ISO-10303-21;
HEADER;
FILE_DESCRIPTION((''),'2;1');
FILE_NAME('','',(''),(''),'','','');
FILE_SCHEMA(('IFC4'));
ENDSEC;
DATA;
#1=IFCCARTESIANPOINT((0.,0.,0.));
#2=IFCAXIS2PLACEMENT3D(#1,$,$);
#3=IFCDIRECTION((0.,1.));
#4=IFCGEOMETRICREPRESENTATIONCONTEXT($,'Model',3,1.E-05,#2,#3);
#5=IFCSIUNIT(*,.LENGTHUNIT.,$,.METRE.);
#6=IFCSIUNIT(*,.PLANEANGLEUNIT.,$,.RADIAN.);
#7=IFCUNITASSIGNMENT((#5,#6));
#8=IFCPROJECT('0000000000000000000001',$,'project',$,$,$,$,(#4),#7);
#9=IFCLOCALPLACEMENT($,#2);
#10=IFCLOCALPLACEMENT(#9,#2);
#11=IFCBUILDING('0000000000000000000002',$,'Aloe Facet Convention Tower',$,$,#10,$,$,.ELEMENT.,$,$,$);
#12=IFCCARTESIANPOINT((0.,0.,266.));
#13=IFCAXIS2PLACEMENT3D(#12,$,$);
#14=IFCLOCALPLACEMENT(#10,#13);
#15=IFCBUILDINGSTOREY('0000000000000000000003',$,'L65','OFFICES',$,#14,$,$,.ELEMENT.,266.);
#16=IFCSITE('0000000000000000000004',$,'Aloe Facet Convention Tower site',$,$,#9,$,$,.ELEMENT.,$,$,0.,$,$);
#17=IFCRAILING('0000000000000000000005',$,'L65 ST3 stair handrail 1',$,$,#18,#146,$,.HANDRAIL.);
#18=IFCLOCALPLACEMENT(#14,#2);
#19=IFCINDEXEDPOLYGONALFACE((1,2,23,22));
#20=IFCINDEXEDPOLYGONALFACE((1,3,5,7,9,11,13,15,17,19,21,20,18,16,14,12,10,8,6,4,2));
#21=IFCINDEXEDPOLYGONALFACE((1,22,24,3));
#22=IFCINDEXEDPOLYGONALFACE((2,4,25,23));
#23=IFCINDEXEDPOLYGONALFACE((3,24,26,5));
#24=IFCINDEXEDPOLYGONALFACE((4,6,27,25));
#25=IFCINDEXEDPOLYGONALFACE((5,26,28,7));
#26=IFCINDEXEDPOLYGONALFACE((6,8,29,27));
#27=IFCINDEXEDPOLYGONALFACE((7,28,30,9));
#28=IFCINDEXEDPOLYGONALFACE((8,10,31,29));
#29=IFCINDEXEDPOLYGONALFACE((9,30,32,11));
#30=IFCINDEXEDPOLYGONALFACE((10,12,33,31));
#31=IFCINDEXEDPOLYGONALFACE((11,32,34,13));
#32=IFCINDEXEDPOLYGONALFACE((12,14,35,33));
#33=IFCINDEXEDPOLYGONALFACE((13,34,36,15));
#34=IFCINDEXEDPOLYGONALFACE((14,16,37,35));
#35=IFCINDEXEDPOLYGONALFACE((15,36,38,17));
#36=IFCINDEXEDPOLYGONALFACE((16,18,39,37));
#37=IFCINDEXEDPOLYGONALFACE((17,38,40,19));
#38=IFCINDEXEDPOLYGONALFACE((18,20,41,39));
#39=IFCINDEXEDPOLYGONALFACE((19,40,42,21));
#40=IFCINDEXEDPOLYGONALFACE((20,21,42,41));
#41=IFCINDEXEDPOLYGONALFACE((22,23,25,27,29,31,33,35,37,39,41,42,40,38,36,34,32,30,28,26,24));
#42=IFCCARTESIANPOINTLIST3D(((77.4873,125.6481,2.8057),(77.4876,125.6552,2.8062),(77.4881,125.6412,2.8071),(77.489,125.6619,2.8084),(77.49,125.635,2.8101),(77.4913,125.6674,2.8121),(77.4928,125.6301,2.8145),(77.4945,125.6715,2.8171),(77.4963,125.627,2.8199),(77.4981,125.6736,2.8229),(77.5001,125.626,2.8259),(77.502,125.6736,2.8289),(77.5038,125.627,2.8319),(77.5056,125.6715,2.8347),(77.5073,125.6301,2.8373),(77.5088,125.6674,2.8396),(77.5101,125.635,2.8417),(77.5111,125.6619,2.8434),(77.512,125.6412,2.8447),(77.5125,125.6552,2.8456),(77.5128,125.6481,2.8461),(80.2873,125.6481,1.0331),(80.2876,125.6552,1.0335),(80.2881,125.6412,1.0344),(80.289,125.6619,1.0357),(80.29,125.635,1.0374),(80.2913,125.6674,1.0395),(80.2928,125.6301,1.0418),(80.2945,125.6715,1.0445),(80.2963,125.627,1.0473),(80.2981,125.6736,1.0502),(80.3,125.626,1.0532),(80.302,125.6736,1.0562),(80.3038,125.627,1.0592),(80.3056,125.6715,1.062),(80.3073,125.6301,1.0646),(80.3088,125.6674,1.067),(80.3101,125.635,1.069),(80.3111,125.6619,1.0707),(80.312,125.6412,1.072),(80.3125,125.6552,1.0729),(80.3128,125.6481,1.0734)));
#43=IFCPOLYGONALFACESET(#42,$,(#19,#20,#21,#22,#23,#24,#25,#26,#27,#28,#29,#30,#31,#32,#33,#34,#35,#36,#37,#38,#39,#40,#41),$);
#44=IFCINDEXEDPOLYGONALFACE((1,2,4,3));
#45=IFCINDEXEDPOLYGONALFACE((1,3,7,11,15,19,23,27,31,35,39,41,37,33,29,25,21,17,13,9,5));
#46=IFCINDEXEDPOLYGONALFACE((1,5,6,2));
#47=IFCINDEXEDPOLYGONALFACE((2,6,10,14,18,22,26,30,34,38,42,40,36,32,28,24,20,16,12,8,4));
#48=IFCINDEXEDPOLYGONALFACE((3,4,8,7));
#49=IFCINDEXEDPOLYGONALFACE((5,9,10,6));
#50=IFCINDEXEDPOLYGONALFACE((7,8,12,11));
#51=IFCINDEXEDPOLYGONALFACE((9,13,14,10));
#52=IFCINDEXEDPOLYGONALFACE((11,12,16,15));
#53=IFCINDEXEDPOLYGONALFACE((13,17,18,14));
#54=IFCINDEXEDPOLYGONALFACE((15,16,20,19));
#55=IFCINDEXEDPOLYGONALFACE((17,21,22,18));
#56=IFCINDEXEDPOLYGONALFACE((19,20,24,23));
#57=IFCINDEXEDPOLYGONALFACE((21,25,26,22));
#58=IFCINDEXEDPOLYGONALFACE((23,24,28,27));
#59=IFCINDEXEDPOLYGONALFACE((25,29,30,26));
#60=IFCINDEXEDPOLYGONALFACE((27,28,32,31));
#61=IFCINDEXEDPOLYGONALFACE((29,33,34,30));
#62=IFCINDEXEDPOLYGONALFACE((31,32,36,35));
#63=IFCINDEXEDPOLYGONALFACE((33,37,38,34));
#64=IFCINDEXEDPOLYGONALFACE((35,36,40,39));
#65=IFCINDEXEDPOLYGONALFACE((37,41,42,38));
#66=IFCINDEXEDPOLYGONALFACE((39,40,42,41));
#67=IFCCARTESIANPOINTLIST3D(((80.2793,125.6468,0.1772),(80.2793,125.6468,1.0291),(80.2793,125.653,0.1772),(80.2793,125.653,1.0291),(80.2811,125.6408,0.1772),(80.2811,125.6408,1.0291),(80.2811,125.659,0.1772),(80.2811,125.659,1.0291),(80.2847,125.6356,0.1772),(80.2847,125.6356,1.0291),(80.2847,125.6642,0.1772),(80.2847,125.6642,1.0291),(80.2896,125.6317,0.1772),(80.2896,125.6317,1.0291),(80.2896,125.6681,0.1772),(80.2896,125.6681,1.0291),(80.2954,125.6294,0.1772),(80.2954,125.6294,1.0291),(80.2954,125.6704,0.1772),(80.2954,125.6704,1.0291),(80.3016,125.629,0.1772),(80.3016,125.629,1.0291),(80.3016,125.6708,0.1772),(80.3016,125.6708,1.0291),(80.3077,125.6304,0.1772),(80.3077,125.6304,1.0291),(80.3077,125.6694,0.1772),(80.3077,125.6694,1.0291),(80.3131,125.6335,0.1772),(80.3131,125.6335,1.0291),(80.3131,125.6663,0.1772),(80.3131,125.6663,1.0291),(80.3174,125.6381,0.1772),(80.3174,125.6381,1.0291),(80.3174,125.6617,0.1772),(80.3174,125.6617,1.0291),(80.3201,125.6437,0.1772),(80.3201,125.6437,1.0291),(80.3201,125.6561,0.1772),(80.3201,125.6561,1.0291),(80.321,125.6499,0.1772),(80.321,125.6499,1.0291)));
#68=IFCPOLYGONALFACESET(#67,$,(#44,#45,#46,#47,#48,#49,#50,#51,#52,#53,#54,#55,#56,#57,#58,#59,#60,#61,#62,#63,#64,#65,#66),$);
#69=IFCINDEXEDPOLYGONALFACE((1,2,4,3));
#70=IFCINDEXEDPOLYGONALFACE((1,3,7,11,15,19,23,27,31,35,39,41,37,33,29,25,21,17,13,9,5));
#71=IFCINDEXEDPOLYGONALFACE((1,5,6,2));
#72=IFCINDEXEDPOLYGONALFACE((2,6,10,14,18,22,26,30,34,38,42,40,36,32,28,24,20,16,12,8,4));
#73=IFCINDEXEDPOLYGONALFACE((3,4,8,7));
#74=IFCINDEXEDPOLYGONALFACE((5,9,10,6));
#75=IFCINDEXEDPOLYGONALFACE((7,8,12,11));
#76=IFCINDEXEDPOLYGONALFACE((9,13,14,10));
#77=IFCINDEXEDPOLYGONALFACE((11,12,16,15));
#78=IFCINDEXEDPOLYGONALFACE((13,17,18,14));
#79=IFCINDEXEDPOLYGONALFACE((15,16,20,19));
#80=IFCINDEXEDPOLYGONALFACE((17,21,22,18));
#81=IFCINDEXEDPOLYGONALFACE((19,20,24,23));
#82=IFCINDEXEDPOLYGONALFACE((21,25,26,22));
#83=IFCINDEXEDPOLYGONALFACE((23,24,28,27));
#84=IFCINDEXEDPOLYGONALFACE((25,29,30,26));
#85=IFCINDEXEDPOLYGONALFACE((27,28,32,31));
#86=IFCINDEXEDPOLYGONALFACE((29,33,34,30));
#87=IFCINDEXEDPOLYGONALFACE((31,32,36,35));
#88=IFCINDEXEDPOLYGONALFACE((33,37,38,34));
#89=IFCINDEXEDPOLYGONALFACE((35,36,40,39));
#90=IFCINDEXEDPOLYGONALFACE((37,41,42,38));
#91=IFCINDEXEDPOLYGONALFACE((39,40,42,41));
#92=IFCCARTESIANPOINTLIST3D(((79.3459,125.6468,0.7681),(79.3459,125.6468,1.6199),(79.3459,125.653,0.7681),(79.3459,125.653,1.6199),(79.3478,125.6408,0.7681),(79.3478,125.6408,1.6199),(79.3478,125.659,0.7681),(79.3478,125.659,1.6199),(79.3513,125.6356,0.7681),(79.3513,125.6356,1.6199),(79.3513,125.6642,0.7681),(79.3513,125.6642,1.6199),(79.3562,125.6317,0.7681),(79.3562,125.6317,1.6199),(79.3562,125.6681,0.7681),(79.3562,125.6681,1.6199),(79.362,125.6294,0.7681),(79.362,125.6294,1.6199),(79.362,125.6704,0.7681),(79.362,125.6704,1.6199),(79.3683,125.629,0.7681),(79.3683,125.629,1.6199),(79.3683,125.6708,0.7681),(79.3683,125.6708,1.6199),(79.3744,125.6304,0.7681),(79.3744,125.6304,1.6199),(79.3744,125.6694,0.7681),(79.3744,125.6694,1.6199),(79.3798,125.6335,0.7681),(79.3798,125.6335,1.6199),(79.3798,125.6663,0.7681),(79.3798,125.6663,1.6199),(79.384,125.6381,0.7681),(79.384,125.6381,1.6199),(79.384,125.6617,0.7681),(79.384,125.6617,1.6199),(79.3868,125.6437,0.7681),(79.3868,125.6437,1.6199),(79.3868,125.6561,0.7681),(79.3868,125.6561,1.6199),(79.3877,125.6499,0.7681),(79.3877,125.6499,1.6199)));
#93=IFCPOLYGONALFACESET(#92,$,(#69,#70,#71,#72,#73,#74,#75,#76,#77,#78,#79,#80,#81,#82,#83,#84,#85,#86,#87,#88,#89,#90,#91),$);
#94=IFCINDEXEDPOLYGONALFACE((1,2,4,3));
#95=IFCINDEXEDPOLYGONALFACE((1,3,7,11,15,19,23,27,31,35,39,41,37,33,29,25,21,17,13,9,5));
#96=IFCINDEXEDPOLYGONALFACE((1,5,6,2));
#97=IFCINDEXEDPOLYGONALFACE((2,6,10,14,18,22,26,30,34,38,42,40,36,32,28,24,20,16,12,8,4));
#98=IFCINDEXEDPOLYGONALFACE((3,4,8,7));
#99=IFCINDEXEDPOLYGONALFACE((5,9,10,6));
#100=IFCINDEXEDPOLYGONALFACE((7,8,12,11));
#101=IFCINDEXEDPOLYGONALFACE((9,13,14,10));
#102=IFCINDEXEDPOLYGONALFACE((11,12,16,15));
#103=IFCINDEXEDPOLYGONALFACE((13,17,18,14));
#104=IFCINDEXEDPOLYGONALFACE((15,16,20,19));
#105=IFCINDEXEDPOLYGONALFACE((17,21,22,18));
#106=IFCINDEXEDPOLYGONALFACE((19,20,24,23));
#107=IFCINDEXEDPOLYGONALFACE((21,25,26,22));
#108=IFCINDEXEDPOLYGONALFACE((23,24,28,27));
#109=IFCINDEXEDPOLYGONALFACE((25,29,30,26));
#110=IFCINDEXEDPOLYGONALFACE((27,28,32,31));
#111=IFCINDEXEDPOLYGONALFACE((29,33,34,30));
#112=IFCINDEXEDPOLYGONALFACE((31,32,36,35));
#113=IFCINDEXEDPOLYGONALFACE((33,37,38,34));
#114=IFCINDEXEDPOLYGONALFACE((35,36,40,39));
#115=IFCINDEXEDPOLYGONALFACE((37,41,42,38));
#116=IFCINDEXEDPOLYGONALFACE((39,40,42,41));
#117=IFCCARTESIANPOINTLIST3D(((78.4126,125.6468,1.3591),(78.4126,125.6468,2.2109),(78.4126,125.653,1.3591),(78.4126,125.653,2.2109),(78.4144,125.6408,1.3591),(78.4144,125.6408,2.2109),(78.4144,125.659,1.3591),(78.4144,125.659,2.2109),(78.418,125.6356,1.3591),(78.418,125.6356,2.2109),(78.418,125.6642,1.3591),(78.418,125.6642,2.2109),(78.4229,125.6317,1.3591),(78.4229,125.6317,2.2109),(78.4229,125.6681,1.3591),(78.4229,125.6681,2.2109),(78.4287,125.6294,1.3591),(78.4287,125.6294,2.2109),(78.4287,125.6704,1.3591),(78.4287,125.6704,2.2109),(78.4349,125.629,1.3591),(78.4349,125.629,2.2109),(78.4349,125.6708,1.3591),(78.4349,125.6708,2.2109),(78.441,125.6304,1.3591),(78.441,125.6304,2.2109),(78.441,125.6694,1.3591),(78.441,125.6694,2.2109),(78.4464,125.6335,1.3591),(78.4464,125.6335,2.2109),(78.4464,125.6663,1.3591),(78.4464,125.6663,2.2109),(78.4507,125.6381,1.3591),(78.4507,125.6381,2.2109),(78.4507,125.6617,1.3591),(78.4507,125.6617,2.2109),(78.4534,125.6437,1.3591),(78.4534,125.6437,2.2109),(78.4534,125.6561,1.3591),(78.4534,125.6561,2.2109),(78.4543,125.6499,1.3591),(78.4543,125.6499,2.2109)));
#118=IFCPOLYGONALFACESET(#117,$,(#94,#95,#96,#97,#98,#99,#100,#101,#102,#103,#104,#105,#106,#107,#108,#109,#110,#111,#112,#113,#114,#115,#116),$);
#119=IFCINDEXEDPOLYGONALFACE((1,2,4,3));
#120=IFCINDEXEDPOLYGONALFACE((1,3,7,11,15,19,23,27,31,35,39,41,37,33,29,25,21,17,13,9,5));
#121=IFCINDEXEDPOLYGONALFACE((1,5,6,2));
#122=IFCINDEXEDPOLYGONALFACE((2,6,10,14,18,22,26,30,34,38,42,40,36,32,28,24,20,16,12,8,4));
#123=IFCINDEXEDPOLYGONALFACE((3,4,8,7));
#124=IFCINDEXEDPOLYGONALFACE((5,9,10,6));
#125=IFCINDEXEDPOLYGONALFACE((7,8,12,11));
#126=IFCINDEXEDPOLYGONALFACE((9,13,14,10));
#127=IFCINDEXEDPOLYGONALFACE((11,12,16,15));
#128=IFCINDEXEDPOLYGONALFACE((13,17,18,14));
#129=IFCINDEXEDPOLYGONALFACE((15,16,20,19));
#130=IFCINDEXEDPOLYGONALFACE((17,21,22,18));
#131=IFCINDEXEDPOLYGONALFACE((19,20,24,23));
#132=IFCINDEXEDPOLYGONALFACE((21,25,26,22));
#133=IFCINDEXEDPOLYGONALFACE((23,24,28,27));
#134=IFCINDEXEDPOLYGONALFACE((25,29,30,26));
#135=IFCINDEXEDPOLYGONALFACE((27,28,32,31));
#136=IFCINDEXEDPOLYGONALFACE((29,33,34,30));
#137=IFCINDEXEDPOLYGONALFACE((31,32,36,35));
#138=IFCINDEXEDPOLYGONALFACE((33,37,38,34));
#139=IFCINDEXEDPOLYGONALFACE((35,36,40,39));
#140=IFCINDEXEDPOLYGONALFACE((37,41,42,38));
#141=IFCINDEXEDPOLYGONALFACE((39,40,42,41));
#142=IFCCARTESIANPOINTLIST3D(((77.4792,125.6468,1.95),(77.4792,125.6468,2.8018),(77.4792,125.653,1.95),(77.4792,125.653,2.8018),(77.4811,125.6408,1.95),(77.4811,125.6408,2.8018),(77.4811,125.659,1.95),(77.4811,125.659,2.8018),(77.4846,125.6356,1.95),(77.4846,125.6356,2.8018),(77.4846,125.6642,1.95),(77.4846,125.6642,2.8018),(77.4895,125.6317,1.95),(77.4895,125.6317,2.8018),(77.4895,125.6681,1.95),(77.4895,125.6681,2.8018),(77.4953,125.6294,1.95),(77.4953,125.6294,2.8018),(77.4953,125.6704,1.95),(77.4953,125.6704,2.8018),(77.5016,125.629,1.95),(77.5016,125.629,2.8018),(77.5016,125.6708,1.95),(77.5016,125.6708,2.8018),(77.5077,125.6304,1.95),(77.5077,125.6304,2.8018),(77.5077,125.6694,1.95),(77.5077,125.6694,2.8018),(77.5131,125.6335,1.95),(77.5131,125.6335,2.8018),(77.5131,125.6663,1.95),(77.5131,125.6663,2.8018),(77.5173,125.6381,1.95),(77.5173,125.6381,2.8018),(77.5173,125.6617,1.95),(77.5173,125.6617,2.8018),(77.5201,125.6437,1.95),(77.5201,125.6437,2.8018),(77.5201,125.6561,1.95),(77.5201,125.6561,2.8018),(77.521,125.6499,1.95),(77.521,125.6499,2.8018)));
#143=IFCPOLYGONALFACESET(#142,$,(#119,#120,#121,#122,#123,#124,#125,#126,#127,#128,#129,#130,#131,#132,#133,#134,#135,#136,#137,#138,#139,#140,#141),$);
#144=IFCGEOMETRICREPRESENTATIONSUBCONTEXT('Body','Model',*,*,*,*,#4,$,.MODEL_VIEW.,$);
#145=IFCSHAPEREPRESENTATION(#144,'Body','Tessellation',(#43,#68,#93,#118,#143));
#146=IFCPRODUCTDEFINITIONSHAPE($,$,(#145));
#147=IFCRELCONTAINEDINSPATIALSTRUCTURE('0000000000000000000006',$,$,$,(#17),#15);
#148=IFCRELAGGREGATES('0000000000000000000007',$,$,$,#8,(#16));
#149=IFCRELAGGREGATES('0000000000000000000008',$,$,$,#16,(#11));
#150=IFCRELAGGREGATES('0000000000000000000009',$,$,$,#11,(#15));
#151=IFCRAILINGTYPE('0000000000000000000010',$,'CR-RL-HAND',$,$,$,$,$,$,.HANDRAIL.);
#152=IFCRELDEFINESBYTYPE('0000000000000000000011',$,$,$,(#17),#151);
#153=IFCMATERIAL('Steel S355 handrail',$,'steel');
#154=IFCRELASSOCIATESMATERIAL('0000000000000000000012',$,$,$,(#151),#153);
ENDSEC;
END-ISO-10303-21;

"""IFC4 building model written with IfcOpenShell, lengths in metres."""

from ifc_helpers import new_model, si_unit, direction, frame, origin, origin_2d, place, context, subcontext, project, spatial, circle, extrude, material, type_object, element, save


model = new_model("IFC4")

# Units and contexts
model_context = context("Model", 3, precision=1e-05, world=origin(), true_north=direction((0.0, 1.0)))
body_context = subcontext(model_context, "Body", "Model", "MODEL_VIEW")
ifc_project = project(units=[si_unit("LENGTHUNIT", "METRE"), si_unit("PLANEANGLEUNIT", "RADIAN")], contexts=[model_context])

# Site, building, storey
site_placement = place(None, origin())
site = spatial("IfcSite", under=ifc_project, at=site_placement, Name="Aloe Facet Convention Tower site", CompositionType="ELEMENT", RefElevation=0.0)
building_placement = place(site_placement, origin())
building = spatial("IfcBuilding", under=site, at=building_placement, Name="Aloe Facet Convention Tower", CompositionType="ELEMENT")
storey_placement = place(building_placement, frame((0.0, 0.0, 266.0)))
storey = spatial("IfcBuildingStorey", under=building, at=storey_placement, Name="L65", Description="OFFICES", CompositionType="ELEMENT", Elevation=266.0)

# Railing
ifc_material_1 = material(Name="Steel S355 handrail", Category="steel")
railing_type_1 = type_object("IfcRailingType", Name="CR-RL-HAND", PredefinedType="HANDRAIL", material=ifc_material_1)
railing_1_placement = place(storey_placement, frame((80.3, 125.6499, 0.1772)))
element("IfcRailing", 1, at=railing_1_placement, inside=storey, type_object=railing_type_1, Name="L65 ST3 stair handrail 1", PredefinedType="HANDRAIL", context=body_context, shape_type="SweptSolid", body=[
    extrude(circle(Radius=0.0239, at=origin_2d()), frame((0.0, 0.0, 0.876), z_axis=(-0.844909, 0.0, 0.53491), x_axis=(0.0, -1.0, 0.0)), (0.0, 0.0, 1.0), 3.314),
    extrude(circle(Radius=0.021, at=origin_2d()), origin(), (0.0, 0.0, 1.0), 0.8518),
    extrude(circle(Radius=0.021, at=origin_2d()), frame((-0.9333, 0.0, 0.5908)), (0.0, 0.0, 1.0), 0.8518),
    extrude(circle(Radius=0.021, at=origin_2d()), frame((-1.8667, 0.0, 1.1819)), (0.0, 0.0, 1.0), 0.8518),
    extrude(circle(Radius=0.021, at=origin_2d()), frame((-2.8, 0.0, 1.7727)), (0.0, 0.0, 1.0), 0.8518),
])

save(model, "model.ifc")
